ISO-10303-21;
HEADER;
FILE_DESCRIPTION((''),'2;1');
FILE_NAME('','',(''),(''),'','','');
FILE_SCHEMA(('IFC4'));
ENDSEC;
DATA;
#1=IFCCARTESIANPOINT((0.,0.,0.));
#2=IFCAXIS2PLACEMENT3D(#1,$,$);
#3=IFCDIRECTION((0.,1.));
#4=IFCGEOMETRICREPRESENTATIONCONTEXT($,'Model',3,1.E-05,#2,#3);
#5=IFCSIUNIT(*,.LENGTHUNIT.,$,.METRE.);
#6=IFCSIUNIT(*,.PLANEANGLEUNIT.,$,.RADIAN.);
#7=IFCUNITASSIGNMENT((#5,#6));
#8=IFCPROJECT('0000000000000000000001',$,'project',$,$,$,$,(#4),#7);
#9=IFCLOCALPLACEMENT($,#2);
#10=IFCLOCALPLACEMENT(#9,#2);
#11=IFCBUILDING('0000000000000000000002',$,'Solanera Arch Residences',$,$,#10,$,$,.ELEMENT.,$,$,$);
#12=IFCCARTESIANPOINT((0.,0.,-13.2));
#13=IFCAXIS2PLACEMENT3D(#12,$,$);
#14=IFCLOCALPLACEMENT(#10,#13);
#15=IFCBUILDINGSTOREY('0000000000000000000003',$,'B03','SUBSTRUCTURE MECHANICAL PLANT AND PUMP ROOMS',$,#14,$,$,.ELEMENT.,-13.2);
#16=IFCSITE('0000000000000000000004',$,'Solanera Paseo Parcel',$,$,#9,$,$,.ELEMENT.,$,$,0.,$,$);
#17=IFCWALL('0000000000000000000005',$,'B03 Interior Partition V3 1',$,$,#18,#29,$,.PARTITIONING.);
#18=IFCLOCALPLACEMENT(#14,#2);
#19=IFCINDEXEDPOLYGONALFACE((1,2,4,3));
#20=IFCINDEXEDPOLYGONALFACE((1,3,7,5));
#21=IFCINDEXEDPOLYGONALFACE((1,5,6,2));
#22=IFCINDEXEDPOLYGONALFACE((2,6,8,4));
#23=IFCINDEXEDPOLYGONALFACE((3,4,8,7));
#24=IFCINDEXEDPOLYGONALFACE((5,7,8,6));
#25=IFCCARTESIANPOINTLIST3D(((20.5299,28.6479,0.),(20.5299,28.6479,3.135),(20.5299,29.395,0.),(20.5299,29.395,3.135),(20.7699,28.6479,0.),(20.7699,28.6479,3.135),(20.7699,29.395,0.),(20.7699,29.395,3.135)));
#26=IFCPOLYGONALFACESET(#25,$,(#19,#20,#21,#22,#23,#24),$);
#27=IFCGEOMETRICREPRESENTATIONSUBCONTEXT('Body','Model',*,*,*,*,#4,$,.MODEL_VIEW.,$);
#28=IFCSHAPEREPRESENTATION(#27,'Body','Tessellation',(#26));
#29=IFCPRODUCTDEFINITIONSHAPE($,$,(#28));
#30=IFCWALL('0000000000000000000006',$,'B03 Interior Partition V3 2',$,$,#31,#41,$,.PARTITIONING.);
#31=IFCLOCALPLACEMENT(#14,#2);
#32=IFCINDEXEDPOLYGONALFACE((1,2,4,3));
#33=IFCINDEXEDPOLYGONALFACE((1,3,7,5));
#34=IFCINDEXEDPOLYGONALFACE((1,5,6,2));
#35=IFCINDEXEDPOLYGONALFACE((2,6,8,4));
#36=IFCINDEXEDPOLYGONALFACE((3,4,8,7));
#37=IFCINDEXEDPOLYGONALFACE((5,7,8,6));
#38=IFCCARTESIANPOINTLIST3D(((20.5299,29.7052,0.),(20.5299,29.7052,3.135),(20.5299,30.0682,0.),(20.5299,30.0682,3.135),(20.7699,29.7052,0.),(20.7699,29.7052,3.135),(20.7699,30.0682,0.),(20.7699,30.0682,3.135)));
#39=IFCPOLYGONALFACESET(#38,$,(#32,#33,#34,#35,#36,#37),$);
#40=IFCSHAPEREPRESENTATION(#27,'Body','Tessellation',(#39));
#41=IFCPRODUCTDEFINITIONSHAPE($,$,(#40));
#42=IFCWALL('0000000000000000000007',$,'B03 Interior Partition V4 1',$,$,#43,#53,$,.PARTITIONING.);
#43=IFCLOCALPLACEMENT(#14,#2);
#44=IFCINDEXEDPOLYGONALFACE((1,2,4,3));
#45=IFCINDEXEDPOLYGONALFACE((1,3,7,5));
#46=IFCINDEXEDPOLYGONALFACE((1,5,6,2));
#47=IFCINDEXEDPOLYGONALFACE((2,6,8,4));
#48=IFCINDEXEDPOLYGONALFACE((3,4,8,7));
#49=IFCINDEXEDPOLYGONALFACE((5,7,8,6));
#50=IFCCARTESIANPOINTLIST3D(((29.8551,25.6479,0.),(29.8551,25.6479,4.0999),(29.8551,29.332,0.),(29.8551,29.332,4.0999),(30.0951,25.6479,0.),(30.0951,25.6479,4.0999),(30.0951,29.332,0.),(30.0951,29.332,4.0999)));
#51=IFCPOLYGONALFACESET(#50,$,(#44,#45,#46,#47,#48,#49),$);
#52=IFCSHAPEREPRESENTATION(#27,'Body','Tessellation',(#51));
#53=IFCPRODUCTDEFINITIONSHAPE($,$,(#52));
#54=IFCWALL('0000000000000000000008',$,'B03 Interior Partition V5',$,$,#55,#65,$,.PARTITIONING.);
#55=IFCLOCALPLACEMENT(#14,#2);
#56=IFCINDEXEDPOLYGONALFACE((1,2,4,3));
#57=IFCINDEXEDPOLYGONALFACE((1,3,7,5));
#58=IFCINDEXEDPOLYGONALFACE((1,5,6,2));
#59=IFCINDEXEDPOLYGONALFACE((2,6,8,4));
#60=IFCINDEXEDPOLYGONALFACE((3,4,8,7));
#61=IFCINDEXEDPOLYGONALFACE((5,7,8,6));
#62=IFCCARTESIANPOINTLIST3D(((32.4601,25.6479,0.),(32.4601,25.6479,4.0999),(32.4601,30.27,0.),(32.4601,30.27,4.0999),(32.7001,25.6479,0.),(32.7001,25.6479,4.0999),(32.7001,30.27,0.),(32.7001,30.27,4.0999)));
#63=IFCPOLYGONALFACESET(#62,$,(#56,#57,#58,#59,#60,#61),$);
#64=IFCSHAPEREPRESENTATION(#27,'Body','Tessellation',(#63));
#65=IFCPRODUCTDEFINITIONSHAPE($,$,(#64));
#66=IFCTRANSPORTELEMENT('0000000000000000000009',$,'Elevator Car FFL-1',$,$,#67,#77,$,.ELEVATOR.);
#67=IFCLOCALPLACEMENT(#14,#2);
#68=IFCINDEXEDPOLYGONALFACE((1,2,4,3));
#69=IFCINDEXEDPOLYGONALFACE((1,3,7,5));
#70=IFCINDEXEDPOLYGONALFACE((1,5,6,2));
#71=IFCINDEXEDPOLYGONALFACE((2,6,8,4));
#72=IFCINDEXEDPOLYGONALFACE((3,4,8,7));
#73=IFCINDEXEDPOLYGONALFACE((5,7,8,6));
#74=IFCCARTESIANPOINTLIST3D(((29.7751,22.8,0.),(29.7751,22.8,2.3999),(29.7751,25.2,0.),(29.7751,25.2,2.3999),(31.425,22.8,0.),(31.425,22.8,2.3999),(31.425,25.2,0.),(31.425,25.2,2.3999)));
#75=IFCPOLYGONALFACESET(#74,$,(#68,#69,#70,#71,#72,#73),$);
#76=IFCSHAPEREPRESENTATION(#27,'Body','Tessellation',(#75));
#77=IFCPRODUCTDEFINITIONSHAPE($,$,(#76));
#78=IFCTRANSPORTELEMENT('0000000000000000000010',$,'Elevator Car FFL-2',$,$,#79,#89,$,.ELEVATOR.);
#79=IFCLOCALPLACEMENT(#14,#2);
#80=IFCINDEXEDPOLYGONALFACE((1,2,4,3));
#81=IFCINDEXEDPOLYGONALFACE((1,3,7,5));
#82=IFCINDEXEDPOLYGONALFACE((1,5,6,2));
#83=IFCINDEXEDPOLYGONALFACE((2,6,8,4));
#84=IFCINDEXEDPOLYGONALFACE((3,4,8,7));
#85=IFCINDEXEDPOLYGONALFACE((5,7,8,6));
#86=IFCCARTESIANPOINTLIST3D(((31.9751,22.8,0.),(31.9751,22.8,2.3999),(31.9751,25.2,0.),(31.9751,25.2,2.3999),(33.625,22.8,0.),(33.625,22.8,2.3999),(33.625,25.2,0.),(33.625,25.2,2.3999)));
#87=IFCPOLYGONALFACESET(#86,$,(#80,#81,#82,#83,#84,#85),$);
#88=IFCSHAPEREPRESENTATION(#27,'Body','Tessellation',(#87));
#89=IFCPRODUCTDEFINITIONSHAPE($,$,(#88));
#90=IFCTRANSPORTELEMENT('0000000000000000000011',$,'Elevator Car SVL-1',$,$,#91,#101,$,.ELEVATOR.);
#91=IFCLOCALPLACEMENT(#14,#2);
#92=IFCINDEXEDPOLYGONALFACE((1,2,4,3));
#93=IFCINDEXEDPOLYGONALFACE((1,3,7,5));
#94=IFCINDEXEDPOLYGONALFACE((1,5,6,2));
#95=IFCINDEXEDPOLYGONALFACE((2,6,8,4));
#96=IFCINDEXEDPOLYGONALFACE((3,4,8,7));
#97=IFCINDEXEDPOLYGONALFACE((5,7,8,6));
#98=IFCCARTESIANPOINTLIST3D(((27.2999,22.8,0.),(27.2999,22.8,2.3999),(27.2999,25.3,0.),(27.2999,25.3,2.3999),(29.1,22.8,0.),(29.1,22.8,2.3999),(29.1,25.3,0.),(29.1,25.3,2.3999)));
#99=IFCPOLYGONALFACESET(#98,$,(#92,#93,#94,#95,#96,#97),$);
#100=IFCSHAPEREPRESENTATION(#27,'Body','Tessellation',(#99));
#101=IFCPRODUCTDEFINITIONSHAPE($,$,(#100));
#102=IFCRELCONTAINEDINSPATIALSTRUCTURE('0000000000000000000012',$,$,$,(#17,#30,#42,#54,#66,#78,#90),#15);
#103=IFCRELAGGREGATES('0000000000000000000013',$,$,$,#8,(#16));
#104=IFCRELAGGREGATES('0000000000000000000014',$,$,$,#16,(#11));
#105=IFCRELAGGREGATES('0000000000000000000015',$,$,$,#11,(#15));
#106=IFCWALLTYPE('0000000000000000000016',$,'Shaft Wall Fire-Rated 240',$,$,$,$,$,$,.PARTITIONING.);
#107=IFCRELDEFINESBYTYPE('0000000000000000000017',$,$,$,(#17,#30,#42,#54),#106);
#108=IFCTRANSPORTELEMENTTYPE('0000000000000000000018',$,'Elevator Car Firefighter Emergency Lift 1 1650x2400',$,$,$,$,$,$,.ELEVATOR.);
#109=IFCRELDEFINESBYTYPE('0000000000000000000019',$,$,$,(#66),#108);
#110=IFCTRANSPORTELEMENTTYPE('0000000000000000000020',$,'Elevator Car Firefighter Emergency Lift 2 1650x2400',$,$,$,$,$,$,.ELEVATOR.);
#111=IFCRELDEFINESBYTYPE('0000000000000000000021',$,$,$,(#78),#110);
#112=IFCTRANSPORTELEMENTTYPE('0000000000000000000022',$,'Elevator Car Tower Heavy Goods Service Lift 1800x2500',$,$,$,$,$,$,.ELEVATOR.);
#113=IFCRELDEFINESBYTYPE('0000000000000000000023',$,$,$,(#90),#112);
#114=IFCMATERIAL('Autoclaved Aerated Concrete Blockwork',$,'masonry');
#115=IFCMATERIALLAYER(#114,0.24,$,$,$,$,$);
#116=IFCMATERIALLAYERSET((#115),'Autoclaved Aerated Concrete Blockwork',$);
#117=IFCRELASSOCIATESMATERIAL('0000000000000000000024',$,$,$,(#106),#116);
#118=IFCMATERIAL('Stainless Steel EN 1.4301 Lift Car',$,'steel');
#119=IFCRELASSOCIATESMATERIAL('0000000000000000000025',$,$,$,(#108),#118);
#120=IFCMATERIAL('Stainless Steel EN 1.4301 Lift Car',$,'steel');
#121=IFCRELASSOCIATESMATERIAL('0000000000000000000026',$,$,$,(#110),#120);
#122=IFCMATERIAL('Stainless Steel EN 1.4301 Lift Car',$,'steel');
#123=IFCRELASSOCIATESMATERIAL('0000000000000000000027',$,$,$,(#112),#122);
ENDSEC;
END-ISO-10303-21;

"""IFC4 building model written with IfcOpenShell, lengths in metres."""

from ifc_helpers import new_model, si_unit, direction, frame, frame_2d, origin, origin_2d, place, context, subcontext, project, spatial, rectangle, extrude, material, layer, layer_set, type_object, element, save


model = new_model("IFC4")

# Units and contexts
model_context = context("Model", 3, precision=1e-05, world=origin(), true_north=direction((0.0, 1.0)))
body_context = subcontext(model_context, "Body", "Model", "MODEL_VIEW")
ifc_project = project(units=[si_unit("LENGTHUNIT", "METRE"), si_unit("PLANEANGLEUNIT", "RADIAN")], contexts=[model_context])

# Site, building, storey
site_placement = place(None, origin())
site = spatial("IfcSite", under=ifc_project, at=site_placement, Name="Solanera Paseo Parcel", CompositionType="ELEMENT", RefElevation=0.0)
building_placement = place(site_placement, origin())
building = spatial("IfcBuilding", under=site, at=building_placement, Name="Solanera Arch Residences", CompositionType="ELEMENT")
storey_placement = place(building_placement, frame((0.0, 0.0, -13.2)))
storey = spatial("IfcBuildingStorey", under=building, at=storey_placement, Name="B03", Description="SUBSTRUCTURE MECHANICAL PLANT AND PUMP ROOMS", CompositionType="ELEMENT", Elevation=-13.2)

# Walls
ifc_material_1 = material(Name="Autoclaved Aerated Concrete Blockwork", Category="masonry")
ifc_layer_1 = layer(ifc_material_1, 0.24)
ifc_layer_set_1 = layer_set([ifc_layer_1], Name="Autoclaved Aerated Concrete Blockwork")
wall_type_1 = type_object("IfcWallType", Name="Shaft Wall Fire-Rated 240", PredefinedType="PARTITIONING", material=ifc_layer_set_1)
wall_1_placement = place(storey_placement, frame((20.6499, 28.6479, 0.0), z_axis=(0.0, 0.0, 1.0), x_axis=(0.0, 1.0, 0.0)))
element("IfcWall", 1, at=wall_1_placement, inside=storey, type_object=wall_type_1, Name="B03 Interior Partition V3 1", PredefinedType="PARTITIONING", context=body_context, shape_type="SweptSolid", body=[
    extrude(rectangle(XDim=0.7471, YDim=0.24, at=frame_2d((0.3735, 0.0))), origin(), (0.0, 0.0, 1.0), 3.135),
])
wall_2_placement = place(storey_placement, frame((20.6499, 29.7051, 0.0), z_axis=(0.0, 0.0, 1.0), x_axis=(0.0, 1.0, 0.0)))
element("IfcWall", 2, at=wall_2_placement, inside=storey, type_object=wall_type_1, Name="B03 Interior Partition V3 2", PredefinedType="PARTITIONING", context=body_context, shape_type="SweptSolid", body=[
    extrude(rectangle(XDim=0.363, YDim=0.24, at=frame_2d((0.1816, 0.0))), origin(), (0.0, 0.0, 1.0), 3.135),
])
wall_3_placement = place(storey_placement, frame((29.9751, 25.6479, 0.0), z_axis=(0.0, 0.0, 1.0), x_axis=(0.0, 1.0, 0.0)))
element("IfcWall", 3, at=wall_3_placement, inside=storey, type_object=wall_type_1, Name="B03 Interior Partition V4 1", PredefinedType="PARTITIONING", context=body_context, shape_type="SweptSolid", body=[
    extrude(rectangle(XDim=3.6841, YDim=0.24, at=frame_2d((1.842, 0.0))), origin(), (0.0, 0.0, 1.0), 4.0999),
])

# Wall
wall_4_placement = place(storey_placement, frame((32.5801, 25.6479, 0.0), z_axis=(0.0, 0.0, 1.0), x_axis=(0.0, 1.0, 0.0)))
element("IfcWall", 4, at=wall_4_placement, inside=storey, type_object=wall_type_1, Name="B03 Interior Partition V5", PredefinedType="PARTITIONING", context=body_context, shape_type="SweptSolid", body=[
    extrude(rectangle(XDim=4.6221, YDim=0.24, at=frame_2d((2.311, 0.0))), origin(), (0.0, 0.0, 1.0), 4.0999),
])

# Transport elements
ifc_material_2 = material(Name="Stainless Steel EN 1.4301 Lift Car", Category="steel")
transport_element_type_1 = type_object("IfcTransportElementType", Name="Elevator Car Firefighter Emergency Lift 1 1650x2400", PredefinedType="ELEVATOR", material=ifc_material_2)
transport_element_1_placement = place(storey_placement, frame((30.6001, 24.0, 0.0), z_axis=(0.0, 0.0, 1.0), x_axis=(1.0, 0.0, 0.0)))
element("IfcTransportElement", 5, at=transport_element_1_placement, inside=storey, type_object=transport_element_type_1, Name="Elevator Car FFL-1", PredefinedType="ELEVATOR", context=body_context, shape_type="SweptSolid", body=[
    extrude(rectangle(XDim=1.6499, YDim=2.3999, at=origin_2d()), origin(), (0.0, 0.0, 1.0), 2.3999),
])
ifc_material_3 = material(Name="Stainless Steel EN 1.4301 Lift Car", Category="steel")
transport_element_type_2 = type_object("IfcTransportElementType", Name="Elevator Car Firefighter Emergency Lift 2 1650x2400", PredefinedType="ELEVATOR", material=ifc_material_3)
transport_element_2_placement = place(storey_placement, frame((32.8, 24.0, 0.0), z_axis=(0.0, 0.0, 1.0), x_axis=(1.0, 0.0, 0.0)))
element("IfcTransportElement", 6, at=transport_element_2_placement, inside=storey, type_object=transport_element_type_2, Name="Elevator Car FFL-2", PredefinedType="ELEVATOR", context=body_context, shape_type="SweptSolid", body=[
    extrude(rectangle(XDim=1.6499, YDim=2.3999, at=origin_2d()), origin(), (0.0, 0.0, 1.0), 2.3999),
])
ifc_material_4 = material(Name="Stainless Steel EN 1.4301 Lift Car", Category="steel")
transport_element_type_3 = type_object("IfcTransportElementType", Name="Elevator Car Tower Heavy Goods Service Lift 1800x2500", PredefinedType="ELEVATOR", material=ifc_material_4)
transport_element_3_placement = place(storey_placement, frame((28.2, 24.05, 0.0), z_axis=(0.0, 0.0, 1.0), x_axis=(1.0, 0.0, 0.0)))
element("IfcTransportElement", 7, at=transport_element_3_placement, inside=storey, type_object=transport_element_type_3, Name="Elevator Car SVL-1", PredefinedType="ELEVATOR", context=body_context, shape_type="SweptSolid", body=[
    extrude(rectangle(XDim=1.8, YDim=2.5, at=origin_2d()), origin(), (0.0, 0.0, 1.0), 2.3999),
])

save(model, "model.ifc")
